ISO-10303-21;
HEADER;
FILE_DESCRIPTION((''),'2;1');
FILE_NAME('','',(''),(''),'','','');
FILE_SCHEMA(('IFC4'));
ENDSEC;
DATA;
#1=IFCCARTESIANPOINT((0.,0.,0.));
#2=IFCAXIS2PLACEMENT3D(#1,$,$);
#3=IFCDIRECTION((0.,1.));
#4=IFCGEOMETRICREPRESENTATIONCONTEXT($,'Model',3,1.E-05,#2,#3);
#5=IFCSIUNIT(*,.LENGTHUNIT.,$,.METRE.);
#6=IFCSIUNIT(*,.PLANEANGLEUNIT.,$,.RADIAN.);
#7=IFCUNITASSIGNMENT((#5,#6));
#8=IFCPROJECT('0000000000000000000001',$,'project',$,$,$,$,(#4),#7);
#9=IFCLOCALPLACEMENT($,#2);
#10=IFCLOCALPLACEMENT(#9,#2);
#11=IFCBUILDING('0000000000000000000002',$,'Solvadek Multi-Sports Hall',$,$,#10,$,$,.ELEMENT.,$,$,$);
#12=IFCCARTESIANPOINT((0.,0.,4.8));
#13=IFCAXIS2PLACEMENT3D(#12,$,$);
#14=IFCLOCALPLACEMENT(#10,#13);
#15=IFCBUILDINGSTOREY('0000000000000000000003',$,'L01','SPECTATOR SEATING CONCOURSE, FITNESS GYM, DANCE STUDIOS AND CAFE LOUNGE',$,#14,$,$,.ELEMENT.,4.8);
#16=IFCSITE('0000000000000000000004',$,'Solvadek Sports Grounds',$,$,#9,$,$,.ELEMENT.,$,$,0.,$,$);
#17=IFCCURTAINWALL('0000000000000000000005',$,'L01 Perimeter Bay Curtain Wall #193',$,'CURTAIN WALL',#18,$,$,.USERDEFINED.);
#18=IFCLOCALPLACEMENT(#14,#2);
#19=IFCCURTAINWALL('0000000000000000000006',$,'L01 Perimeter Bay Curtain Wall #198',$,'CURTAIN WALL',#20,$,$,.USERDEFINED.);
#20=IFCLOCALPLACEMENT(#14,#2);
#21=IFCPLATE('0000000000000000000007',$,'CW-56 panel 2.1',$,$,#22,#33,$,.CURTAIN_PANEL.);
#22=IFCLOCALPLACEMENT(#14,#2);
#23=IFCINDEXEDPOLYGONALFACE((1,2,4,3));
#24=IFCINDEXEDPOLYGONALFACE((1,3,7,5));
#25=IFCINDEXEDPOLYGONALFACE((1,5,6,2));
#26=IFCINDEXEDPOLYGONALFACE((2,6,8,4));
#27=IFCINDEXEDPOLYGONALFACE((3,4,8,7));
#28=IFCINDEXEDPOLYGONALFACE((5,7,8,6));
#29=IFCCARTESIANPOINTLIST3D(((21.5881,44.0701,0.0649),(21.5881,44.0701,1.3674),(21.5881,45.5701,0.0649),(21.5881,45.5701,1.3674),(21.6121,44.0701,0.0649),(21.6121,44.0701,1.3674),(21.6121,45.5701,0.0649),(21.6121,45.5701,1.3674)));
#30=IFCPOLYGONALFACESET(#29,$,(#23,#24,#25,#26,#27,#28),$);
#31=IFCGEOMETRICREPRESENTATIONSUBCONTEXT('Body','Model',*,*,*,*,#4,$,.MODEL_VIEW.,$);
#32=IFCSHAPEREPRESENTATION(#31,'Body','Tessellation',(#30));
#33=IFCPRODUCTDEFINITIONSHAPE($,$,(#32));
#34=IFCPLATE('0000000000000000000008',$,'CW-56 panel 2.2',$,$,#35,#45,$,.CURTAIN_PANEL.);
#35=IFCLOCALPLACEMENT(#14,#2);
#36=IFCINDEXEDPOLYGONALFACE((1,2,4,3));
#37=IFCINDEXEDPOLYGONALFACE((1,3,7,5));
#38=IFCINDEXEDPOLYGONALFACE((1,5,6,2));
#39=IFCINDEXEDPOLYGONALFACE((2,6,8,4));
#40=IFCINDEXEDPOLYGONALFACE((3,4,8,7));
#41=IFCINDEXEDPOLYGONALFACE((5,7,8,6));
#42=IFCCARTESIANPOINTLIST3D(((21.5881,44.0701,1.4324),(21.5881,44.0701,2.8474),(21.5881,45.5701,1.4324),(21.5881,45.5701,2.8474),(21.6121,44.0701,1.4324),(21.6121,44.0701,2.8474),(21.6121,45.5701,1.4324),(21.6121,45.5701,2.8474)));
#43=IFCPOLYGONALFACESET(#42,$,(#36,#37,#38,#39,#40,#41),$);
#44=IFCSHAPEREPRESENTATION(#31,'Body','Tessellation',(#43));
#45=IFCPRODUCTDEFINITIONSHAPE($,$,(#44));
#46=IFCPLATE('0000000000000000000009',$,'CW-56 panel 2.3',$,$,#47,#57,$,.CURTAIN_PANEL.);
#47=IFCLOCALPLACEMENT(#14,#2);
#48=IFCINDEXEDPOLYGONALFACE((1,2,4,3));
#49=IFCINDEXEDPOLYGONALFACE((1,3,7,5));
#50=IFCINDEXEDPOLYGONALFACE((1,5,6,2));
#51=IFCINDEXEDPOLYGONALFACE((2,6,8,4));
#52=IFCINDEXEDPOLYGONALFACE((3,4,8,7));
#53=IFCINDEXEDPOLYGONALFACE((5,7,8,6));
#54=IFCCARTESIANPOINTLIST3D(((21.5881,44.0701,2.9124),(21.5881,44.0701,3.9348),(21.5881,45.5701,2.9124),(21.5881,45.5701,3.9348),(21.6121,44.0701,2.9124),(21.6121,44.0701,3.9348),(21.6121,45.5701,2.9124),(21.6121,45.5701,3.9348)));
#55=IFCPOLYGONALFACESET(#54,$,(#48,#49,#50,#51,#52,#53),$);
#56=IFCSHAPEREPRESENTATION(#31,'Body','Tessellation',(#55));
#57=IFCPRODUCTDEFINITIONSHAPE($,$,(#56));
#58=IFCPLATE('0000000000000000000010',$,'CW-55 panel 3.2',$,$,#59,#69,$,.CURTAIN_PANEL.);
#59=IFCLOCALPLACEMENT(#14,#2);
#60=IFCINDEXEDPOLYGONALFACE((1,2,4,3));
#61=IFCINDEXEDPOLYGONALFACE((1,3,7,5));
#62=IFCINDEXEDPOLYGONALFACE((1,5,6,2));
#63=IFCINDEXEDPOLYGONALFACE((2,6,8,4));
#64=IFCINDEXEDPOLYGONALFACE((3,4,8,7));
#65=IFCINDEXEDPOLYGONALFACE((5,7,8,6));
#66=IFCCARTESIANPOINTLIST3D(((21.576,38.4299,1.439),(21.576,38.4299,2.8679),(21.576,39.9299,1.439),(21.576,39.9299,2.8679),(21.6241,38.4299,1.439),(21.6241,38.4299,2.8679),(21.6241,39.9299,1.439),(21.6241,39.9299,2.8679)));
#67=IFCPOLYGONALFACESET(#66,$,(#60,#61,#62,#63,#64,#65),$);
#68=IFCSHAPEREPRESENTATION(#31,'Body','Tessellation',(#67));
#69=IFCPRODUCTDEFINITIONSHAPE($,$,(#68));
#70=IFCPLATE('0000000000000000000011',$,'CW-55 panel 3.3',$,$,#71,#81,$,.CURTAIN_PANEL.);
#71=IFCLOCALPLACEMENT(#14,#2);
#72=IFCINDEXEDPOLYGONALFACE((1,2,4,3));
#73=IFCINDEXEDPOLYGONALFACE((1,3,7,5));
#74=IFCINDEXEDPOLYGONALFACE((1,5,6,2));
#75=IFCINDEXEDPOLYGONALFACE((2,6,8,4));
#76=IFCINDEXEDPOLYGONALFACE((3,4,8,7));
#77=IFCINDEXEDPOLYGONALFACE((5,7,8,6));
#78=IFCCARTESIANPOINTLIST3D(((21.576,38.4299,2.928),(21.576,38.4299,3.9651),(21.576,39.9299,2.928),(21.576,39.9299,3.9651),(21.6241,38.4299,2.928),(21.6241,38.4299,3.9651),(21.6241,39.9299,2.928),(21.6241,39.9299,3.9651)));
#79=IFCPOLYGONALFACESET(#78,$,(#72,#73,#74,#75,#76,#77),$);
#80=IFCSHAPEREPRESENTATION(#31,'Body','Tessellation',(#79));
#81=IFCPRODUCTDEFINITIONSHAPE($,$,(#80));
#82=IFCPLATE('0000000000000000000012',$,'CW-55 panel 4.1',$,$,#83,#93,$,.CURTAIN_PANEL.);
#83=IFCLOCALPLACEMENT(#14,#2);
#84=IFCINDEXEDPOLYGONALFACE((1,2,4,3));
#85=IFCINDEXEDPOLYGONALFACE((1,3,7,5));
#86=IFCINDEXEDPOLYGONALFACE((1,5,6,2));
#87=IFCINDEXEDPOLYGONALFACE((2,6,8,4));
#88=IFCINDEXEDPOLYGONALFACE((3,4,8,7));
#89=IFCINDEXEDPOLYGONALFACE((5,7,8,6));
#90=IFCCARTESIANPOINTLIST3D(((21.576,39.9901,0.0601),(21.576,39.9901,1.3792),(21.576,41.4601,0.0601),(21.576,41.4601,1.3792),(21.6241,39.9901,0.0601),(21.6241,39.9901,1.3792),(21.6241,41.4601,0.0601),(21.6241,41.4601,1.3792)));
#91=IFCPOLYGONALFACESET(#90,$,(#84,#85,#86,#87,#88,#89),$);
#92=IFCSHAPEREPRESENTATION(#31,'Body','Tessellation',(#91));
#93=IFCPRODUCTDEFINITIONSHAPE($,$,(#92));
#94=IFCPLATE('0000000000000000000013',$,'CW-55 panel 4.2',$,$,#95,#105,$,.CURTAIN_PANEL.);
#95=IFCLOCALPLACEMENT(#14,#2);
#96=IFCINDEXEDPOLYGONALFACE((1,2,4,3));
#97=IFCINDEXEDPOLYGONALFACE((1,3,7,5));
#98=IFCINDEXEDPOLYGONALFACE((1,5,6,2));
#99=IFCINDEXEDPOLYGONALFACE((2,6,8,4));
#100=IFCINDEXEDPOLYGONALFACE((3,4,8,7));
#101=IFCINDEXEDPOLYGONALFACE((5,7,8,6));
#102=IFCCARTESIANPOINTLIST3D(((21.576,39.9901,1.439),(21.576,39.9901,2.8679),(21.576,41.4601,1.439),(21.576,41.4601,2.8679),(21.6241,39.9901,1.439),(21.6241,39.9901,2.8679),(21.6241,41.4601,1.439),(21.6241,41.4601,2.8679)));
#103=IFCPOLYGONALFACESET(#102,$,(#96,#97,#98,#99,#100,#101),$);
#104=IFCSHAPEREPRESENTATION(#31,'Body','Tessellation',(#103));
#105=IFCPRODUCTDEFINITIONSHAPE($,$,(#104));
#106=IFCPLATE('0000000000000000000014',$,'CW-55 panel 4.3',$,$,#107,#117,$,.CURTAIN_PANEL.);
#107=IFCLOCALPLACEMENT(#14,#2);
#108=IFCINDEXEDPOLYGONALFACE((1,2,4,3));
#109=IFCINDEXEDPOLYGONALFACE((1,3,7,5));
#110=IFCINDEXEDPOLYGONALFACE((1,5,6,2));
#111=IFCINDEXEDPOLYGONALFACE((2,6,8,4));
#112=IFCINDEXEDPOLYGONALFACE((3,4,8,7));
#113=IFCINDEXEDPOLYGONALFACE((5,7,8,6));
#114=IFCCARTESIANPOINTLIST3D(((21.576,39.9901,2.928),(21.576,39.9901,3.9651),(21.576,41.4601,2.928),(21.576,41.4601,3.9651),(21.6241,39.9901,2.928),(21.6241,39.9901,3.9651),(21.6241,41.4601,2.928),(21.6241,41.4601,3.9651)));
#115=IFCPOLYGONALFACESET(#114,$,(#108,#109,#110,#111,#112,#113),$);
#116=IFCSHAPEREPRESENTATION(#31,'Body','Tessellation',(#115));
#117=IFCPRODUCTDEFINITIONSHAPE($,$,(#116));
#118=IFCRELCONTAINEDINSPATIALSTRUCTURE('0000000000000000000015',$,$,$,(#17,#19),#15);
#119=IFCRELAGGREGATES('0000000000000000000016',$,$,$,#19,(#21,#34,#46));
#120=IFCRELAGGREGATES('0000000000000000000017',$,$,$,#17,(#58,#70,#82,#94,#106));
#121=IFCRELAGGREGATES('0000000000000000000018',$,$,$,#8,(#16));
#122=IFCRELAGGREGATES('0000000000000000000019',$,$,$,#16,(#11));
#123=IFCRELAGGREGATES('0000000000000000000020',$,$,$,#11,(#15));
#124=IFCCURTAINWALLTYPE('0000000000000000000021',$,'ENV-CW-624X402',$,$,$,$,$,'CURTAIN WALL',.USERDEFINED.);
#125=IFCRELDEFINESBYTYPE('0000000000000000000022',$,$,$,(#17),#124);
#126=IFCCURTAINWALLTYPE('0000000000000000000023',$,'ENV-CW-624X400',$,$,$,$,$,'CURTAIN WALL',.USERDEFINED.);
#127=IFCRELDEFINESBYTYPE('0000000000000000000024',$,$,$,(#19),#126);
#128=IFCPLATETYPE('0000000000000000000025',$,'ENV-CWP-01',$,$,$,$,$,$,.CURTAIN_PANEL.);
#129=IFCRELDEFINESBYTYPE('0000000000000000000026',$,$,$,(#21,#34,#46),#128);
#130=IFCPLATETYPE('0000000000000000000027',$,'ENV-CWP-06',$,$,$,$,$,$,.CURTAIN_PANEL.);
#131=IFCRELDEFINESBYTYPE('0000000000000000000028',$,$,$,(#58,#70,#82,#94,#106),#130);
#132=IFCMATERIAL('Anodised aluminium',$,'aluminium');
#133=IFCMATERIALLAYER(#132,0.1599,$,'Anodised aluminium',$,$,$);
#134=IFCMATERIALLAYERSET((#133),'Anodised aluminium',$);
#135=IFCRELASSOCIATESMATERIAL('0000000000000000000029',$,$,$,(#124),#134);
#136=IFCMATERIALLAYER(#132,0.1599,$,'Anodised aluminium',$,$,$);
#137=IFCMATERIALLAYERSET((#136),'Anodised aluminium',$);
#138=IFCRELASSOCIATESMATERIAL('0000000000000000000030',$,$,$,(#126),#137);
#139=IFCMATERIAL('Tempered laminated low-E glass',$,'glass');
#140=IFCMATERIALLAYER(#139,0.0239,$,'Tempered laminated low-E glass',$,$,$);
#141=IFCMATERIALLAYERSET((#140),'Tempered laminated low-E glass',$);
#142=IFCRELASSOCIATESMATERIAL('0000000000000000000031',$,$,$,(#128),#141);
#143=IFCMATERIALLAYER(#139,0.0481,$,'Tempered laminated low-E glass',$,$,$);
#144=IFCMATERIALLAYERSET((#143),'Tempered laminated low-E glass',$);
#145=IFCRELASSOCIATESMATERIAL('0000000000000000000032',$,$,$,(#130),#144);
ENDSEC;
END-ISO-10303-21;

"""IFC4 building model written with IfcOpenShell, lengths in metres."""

from ifc_helpers import new_model, si_unit, direction, frame, origin, origin_2d, place, context, subcontext, project, spatial, rectangle, extrude, material, layer, layer_set, type_object, element, aggregate, save


model = new_model("IFC4")

# Units and contexts
model_context = context("Model", 3, precision=1e-05, world=origin(), true_north=direction((0.0, 1.0)))
body_context = subcontext(model_context, "Body", "Model", "MODEL_VIEW")
ifc_project = project(units=[si_unit("LENGTHUNIT", "METRE"), si_unit("PLANEANGLEUNIT", "RADIAN")], contexts=[model_context])

# Site, building, storey
site_placement = place(None, origin())
site = spatial("IfcSite", under=ifc_project, at=site_placement, Name="Solvadek Sports Grounds", CompositionType="ELEMENT", RefElevation=0.0)
building_placement = place(site_placement, origin())
building = spatial("IfcBuilding", under=site, at=building_placement, Name="Solvadek Multi-Sports Hall", CompositionType="ELEMENT")
storey_placement = place(building_placement, frame((0.0, 0.0, 4.8)))
storey = spatial("IfcBuildingStorey", under=building, at=storey_placement, Name="L01", Description="SPECTATOR SEATING CONCOURSE, FITNESS GYM, DANCE STUDIOS AND CAFE LOUNGE", CompositionType="ELEMENT", Elevation=4.8)

# Curtain walls
ifc_material_1 = material(Name="Anodised aluminium", Category="aluminium")
ifc_layer_1 = layer(ifc_material_1, 0.1599, Name="Anodised aluminium")
ifc_layer_set_1 = layer_set([ifc_layer_1], Name="Anodised aluminium")
curtain_wall_type_1 = type_object("IfcCurtainWallType", Name="ENV-CW-624X402", ElementType="CURTAIN WALL", PredefinedType="USERDEFINED", material=ifc_layer_set_1)
curtain_wall_1_placement = place(storey_placement, origin())
curtain_wall_1 = element("IfcCurtainWall", 1, at=curtain_wall_1_placement, inside=storey, type_object=curtain_wall_type_1, Name="L01 Perimeter Bay Curtain Wall #193", ObjectType="CURTAIN WALL", PredefinedType="USERDEFINED")
ifc_layer_2 = layer(ifc_material_1, 0.1599, Name="Anodised aluminium")
ifc_layer_set_2 = layer_set([ifc_layer_2], Name="Anodised aluminium")
curtain_wall_type_2 = type_object("IfcCurtainWallType", Name="ENV-CW-624X400", ElementType="CURTAIN WALL", PredefinedType="USERDEFINED", material=ifc_layer_set_2)
curtain_wall_2_placement = place(storey_placement, origin())
curtain_wall_2 = element("IfcCurtainWall", 2, at=curtain_wall_2_placement, inside=storey, type_object=curtain_wall_type_2, Name="L01 Perimeter Bay Curtain Wall #198", ObjectType="CURTAIN WALL", PredefinedType="USERDEFINED")

# Plates
ifc_material_2 = material(Name="Tempered laminated low-E glass", Category="glass")
ifc_layer_3 = layer(ifc_material_2, 0.0239, Name="Tempered laminated low-E glass")
ifc_layer_set_3 = layer_set([ifc_layer_3], Name="Tempered laminated low-E glass")
plate_type_1 = type_object("IfcPlateType", Name="ENV-CWP-01", PredefinedType="CURTAIN_PANEL", material=ifc_layer_set_3)
plate_1_placement = place(storey_placement, frame((21.6001, 44.8201, 0.0649), z_axis=(0.0, 0.0, 1.0), x_axis=(0.0, 1.0, 0.0)))
plate_1 = element("IfcPlate", 3, at=plate_1_placement, type_object=plate_type_1, Name="CW-56 panel 2.1", PredefinedType="CURTAIN_PANEL", context=body_context, shape_type="SweptSolid", body=[
    extrude(rectangle(XDim=1.5, YDim=0.0239, at=origin_2d()), origin(), (0.0, 0.0, 1.0), 1.3025),
])
plate_2_placement = place(storey_placement, frame((21.6001, 44.8201, 1.4324), z_axis=(0.0, 0.0, 1.0), x_axis=(0.0, 1.0, 0.0)))
plate_2 = element("IfcPlate", 4, at=plate_2_placement, type_object=plate_type_1, Name="CW-56 panel 2.2", PredefinedType="CURTAIN_PANEL", context=body_context, shape_type="SweptSolid", body=[
    extrude(rectangle(XDim=1.5, YDim=0.0239, at=origin_2d()), origin(), (0.0, 0.0, 1.0), 1.415),
])
plate_3_placement = place(storey_placement, frame((21.6001, 44.8201, 2.9124), z_axis=(0.0, 0.0, 1.0), x_axis=(0.0, 1.0, 0.0)))
plate_3 = element("IfcPlate", 5, at=plate_3_placement, type_object=plate_type_1, Name="CW-56 panel 2.3", PredefinedType="CURTAIN_PANEL", context=body_context, shape_type="SweptSolid", body=[
    extrude(rectangle(XDim=1.5, YDim=0.0239, at=origin_2d()), origin(), (0.0, 0.0, 1.0), 1.0225),
])
aggregate(curtain_wall_2, [plate_1, plate_2, plate_3])
ifc_layer_4 = layer(ifc_material_2, 0.0481, Name="Tempered laminated low-E glass")
ifc_layer_set_4 = layer_set([ifc_layer_4], Name="Tempered laminated low-E glass")
plate_type_2 = type_object("IfcPlateType", Name="ENV-CWP-06", PredefinedType="CURTAIN_PANEL", material=ifc_layer_set_4)
plate_4_placement = place(storey_placement, frame((21.6001, 39.1799, 1.439), z_axis=(0.0, 0.0, 1.0), x_axis=(0.0, 1.0, 0.0)))
plate_4 = element("IfcPlate", 6, at=plate_4_placement, type_object=plate_type_2, Name="CW-55 panel 3.2", PredefinedType="CURTAIN_PANEL", context=body_context, shape_type="SweptSolid", body=[
    extrude(rectangle(XDim=1.5, YDim=0.0481, at=origin_2d()), origin(), (0.0, 0.0, 1.0), 1.429),
])
plate_5_placement = place(storey_placement, frame((21.6001, 39.1799, 2.928), z_axis=(0.0, 0.0, 1.0), x_axis=(0.0, 1.0, 0.0)))
plate_5 = element("IfcPlate", 7, at=plate_5_placement, type_object=plate_type_2, Name="CW-55 panel 3.3", PredefinedType="CURTAIN_PANEL", context=body_context, shape_type="SweptSolid", body=[
    extrude(rectangle(XDim=1.5, YDim=0.0481, at=origin_2d()), origin(), (0.0, 0.0, 1.0), 1.0371),
])
plate_6_placement = place(storey_placement, frame((21.6001, 40.7251, 0.0601), z_axis=(0.0, 0.0, 1.0), x_axis=(0.0, 1.0, 0.0)))
plate_6 = element("IfcPlate", 8, at=plate_6_placement, type_object=plate_type_2, Name="CW-55 panel 4.1", PredefinedType="CURTAIN_PANEL", context=body_context, shape_type="SweptSolid", body=[
    extrude(rectangle(XDim=1.47, YDim=0.0481, at=origin_2d()), origin(), (0.0, 0.0, 1.0), 1.3191),
])
plate_7_placement = place(storey_placement, frame((21.6001, 40.7251, 1.439), z_axis=(0.0, 0.0, 1.0), x_axis=(0.0, 1.0, 0.0)))
plate_7 = element("IfcPlate", 9, at=plate_7_placement, type_object=plate_type_2, Name="CW-55 panel 4.2", PredefinedType="CURTAIN_PANEL", context=body_context, shape_type="SweptSolid", body=[
    extrude(rectangle(XDim=1.47, YDim=0.0481, at=origin_2d()), origin(), (0.0, 0.0, 1.0), 1.429),
])
plate_8_placement = place(storey_placement, frame((21.6001, 40.7251, 2.928), z_axis=(0.0, 0.0, 1.0), x_axis=(0.0, 1.0, 0.0)))
plate_8 = element("IfcPlate", 10, at=plate_8_placement, type_object=plate_type_2, Name="CW-55 panel 4.3", PredefinedType="CURTAIN_PANEL", context=body_context, shape_type="SweptSolid", body=[
    extrude(rectangle(XDim=1.47, YDim=0.0481, at=origin_2d()), origin(), (0.0, 0.0, 1.0), 1.0371),
])
aggregate(curtain_wall_1, [plate_4, plate_5, plate_6, plate_7, plate_8])

save(model, "model.ifc")
